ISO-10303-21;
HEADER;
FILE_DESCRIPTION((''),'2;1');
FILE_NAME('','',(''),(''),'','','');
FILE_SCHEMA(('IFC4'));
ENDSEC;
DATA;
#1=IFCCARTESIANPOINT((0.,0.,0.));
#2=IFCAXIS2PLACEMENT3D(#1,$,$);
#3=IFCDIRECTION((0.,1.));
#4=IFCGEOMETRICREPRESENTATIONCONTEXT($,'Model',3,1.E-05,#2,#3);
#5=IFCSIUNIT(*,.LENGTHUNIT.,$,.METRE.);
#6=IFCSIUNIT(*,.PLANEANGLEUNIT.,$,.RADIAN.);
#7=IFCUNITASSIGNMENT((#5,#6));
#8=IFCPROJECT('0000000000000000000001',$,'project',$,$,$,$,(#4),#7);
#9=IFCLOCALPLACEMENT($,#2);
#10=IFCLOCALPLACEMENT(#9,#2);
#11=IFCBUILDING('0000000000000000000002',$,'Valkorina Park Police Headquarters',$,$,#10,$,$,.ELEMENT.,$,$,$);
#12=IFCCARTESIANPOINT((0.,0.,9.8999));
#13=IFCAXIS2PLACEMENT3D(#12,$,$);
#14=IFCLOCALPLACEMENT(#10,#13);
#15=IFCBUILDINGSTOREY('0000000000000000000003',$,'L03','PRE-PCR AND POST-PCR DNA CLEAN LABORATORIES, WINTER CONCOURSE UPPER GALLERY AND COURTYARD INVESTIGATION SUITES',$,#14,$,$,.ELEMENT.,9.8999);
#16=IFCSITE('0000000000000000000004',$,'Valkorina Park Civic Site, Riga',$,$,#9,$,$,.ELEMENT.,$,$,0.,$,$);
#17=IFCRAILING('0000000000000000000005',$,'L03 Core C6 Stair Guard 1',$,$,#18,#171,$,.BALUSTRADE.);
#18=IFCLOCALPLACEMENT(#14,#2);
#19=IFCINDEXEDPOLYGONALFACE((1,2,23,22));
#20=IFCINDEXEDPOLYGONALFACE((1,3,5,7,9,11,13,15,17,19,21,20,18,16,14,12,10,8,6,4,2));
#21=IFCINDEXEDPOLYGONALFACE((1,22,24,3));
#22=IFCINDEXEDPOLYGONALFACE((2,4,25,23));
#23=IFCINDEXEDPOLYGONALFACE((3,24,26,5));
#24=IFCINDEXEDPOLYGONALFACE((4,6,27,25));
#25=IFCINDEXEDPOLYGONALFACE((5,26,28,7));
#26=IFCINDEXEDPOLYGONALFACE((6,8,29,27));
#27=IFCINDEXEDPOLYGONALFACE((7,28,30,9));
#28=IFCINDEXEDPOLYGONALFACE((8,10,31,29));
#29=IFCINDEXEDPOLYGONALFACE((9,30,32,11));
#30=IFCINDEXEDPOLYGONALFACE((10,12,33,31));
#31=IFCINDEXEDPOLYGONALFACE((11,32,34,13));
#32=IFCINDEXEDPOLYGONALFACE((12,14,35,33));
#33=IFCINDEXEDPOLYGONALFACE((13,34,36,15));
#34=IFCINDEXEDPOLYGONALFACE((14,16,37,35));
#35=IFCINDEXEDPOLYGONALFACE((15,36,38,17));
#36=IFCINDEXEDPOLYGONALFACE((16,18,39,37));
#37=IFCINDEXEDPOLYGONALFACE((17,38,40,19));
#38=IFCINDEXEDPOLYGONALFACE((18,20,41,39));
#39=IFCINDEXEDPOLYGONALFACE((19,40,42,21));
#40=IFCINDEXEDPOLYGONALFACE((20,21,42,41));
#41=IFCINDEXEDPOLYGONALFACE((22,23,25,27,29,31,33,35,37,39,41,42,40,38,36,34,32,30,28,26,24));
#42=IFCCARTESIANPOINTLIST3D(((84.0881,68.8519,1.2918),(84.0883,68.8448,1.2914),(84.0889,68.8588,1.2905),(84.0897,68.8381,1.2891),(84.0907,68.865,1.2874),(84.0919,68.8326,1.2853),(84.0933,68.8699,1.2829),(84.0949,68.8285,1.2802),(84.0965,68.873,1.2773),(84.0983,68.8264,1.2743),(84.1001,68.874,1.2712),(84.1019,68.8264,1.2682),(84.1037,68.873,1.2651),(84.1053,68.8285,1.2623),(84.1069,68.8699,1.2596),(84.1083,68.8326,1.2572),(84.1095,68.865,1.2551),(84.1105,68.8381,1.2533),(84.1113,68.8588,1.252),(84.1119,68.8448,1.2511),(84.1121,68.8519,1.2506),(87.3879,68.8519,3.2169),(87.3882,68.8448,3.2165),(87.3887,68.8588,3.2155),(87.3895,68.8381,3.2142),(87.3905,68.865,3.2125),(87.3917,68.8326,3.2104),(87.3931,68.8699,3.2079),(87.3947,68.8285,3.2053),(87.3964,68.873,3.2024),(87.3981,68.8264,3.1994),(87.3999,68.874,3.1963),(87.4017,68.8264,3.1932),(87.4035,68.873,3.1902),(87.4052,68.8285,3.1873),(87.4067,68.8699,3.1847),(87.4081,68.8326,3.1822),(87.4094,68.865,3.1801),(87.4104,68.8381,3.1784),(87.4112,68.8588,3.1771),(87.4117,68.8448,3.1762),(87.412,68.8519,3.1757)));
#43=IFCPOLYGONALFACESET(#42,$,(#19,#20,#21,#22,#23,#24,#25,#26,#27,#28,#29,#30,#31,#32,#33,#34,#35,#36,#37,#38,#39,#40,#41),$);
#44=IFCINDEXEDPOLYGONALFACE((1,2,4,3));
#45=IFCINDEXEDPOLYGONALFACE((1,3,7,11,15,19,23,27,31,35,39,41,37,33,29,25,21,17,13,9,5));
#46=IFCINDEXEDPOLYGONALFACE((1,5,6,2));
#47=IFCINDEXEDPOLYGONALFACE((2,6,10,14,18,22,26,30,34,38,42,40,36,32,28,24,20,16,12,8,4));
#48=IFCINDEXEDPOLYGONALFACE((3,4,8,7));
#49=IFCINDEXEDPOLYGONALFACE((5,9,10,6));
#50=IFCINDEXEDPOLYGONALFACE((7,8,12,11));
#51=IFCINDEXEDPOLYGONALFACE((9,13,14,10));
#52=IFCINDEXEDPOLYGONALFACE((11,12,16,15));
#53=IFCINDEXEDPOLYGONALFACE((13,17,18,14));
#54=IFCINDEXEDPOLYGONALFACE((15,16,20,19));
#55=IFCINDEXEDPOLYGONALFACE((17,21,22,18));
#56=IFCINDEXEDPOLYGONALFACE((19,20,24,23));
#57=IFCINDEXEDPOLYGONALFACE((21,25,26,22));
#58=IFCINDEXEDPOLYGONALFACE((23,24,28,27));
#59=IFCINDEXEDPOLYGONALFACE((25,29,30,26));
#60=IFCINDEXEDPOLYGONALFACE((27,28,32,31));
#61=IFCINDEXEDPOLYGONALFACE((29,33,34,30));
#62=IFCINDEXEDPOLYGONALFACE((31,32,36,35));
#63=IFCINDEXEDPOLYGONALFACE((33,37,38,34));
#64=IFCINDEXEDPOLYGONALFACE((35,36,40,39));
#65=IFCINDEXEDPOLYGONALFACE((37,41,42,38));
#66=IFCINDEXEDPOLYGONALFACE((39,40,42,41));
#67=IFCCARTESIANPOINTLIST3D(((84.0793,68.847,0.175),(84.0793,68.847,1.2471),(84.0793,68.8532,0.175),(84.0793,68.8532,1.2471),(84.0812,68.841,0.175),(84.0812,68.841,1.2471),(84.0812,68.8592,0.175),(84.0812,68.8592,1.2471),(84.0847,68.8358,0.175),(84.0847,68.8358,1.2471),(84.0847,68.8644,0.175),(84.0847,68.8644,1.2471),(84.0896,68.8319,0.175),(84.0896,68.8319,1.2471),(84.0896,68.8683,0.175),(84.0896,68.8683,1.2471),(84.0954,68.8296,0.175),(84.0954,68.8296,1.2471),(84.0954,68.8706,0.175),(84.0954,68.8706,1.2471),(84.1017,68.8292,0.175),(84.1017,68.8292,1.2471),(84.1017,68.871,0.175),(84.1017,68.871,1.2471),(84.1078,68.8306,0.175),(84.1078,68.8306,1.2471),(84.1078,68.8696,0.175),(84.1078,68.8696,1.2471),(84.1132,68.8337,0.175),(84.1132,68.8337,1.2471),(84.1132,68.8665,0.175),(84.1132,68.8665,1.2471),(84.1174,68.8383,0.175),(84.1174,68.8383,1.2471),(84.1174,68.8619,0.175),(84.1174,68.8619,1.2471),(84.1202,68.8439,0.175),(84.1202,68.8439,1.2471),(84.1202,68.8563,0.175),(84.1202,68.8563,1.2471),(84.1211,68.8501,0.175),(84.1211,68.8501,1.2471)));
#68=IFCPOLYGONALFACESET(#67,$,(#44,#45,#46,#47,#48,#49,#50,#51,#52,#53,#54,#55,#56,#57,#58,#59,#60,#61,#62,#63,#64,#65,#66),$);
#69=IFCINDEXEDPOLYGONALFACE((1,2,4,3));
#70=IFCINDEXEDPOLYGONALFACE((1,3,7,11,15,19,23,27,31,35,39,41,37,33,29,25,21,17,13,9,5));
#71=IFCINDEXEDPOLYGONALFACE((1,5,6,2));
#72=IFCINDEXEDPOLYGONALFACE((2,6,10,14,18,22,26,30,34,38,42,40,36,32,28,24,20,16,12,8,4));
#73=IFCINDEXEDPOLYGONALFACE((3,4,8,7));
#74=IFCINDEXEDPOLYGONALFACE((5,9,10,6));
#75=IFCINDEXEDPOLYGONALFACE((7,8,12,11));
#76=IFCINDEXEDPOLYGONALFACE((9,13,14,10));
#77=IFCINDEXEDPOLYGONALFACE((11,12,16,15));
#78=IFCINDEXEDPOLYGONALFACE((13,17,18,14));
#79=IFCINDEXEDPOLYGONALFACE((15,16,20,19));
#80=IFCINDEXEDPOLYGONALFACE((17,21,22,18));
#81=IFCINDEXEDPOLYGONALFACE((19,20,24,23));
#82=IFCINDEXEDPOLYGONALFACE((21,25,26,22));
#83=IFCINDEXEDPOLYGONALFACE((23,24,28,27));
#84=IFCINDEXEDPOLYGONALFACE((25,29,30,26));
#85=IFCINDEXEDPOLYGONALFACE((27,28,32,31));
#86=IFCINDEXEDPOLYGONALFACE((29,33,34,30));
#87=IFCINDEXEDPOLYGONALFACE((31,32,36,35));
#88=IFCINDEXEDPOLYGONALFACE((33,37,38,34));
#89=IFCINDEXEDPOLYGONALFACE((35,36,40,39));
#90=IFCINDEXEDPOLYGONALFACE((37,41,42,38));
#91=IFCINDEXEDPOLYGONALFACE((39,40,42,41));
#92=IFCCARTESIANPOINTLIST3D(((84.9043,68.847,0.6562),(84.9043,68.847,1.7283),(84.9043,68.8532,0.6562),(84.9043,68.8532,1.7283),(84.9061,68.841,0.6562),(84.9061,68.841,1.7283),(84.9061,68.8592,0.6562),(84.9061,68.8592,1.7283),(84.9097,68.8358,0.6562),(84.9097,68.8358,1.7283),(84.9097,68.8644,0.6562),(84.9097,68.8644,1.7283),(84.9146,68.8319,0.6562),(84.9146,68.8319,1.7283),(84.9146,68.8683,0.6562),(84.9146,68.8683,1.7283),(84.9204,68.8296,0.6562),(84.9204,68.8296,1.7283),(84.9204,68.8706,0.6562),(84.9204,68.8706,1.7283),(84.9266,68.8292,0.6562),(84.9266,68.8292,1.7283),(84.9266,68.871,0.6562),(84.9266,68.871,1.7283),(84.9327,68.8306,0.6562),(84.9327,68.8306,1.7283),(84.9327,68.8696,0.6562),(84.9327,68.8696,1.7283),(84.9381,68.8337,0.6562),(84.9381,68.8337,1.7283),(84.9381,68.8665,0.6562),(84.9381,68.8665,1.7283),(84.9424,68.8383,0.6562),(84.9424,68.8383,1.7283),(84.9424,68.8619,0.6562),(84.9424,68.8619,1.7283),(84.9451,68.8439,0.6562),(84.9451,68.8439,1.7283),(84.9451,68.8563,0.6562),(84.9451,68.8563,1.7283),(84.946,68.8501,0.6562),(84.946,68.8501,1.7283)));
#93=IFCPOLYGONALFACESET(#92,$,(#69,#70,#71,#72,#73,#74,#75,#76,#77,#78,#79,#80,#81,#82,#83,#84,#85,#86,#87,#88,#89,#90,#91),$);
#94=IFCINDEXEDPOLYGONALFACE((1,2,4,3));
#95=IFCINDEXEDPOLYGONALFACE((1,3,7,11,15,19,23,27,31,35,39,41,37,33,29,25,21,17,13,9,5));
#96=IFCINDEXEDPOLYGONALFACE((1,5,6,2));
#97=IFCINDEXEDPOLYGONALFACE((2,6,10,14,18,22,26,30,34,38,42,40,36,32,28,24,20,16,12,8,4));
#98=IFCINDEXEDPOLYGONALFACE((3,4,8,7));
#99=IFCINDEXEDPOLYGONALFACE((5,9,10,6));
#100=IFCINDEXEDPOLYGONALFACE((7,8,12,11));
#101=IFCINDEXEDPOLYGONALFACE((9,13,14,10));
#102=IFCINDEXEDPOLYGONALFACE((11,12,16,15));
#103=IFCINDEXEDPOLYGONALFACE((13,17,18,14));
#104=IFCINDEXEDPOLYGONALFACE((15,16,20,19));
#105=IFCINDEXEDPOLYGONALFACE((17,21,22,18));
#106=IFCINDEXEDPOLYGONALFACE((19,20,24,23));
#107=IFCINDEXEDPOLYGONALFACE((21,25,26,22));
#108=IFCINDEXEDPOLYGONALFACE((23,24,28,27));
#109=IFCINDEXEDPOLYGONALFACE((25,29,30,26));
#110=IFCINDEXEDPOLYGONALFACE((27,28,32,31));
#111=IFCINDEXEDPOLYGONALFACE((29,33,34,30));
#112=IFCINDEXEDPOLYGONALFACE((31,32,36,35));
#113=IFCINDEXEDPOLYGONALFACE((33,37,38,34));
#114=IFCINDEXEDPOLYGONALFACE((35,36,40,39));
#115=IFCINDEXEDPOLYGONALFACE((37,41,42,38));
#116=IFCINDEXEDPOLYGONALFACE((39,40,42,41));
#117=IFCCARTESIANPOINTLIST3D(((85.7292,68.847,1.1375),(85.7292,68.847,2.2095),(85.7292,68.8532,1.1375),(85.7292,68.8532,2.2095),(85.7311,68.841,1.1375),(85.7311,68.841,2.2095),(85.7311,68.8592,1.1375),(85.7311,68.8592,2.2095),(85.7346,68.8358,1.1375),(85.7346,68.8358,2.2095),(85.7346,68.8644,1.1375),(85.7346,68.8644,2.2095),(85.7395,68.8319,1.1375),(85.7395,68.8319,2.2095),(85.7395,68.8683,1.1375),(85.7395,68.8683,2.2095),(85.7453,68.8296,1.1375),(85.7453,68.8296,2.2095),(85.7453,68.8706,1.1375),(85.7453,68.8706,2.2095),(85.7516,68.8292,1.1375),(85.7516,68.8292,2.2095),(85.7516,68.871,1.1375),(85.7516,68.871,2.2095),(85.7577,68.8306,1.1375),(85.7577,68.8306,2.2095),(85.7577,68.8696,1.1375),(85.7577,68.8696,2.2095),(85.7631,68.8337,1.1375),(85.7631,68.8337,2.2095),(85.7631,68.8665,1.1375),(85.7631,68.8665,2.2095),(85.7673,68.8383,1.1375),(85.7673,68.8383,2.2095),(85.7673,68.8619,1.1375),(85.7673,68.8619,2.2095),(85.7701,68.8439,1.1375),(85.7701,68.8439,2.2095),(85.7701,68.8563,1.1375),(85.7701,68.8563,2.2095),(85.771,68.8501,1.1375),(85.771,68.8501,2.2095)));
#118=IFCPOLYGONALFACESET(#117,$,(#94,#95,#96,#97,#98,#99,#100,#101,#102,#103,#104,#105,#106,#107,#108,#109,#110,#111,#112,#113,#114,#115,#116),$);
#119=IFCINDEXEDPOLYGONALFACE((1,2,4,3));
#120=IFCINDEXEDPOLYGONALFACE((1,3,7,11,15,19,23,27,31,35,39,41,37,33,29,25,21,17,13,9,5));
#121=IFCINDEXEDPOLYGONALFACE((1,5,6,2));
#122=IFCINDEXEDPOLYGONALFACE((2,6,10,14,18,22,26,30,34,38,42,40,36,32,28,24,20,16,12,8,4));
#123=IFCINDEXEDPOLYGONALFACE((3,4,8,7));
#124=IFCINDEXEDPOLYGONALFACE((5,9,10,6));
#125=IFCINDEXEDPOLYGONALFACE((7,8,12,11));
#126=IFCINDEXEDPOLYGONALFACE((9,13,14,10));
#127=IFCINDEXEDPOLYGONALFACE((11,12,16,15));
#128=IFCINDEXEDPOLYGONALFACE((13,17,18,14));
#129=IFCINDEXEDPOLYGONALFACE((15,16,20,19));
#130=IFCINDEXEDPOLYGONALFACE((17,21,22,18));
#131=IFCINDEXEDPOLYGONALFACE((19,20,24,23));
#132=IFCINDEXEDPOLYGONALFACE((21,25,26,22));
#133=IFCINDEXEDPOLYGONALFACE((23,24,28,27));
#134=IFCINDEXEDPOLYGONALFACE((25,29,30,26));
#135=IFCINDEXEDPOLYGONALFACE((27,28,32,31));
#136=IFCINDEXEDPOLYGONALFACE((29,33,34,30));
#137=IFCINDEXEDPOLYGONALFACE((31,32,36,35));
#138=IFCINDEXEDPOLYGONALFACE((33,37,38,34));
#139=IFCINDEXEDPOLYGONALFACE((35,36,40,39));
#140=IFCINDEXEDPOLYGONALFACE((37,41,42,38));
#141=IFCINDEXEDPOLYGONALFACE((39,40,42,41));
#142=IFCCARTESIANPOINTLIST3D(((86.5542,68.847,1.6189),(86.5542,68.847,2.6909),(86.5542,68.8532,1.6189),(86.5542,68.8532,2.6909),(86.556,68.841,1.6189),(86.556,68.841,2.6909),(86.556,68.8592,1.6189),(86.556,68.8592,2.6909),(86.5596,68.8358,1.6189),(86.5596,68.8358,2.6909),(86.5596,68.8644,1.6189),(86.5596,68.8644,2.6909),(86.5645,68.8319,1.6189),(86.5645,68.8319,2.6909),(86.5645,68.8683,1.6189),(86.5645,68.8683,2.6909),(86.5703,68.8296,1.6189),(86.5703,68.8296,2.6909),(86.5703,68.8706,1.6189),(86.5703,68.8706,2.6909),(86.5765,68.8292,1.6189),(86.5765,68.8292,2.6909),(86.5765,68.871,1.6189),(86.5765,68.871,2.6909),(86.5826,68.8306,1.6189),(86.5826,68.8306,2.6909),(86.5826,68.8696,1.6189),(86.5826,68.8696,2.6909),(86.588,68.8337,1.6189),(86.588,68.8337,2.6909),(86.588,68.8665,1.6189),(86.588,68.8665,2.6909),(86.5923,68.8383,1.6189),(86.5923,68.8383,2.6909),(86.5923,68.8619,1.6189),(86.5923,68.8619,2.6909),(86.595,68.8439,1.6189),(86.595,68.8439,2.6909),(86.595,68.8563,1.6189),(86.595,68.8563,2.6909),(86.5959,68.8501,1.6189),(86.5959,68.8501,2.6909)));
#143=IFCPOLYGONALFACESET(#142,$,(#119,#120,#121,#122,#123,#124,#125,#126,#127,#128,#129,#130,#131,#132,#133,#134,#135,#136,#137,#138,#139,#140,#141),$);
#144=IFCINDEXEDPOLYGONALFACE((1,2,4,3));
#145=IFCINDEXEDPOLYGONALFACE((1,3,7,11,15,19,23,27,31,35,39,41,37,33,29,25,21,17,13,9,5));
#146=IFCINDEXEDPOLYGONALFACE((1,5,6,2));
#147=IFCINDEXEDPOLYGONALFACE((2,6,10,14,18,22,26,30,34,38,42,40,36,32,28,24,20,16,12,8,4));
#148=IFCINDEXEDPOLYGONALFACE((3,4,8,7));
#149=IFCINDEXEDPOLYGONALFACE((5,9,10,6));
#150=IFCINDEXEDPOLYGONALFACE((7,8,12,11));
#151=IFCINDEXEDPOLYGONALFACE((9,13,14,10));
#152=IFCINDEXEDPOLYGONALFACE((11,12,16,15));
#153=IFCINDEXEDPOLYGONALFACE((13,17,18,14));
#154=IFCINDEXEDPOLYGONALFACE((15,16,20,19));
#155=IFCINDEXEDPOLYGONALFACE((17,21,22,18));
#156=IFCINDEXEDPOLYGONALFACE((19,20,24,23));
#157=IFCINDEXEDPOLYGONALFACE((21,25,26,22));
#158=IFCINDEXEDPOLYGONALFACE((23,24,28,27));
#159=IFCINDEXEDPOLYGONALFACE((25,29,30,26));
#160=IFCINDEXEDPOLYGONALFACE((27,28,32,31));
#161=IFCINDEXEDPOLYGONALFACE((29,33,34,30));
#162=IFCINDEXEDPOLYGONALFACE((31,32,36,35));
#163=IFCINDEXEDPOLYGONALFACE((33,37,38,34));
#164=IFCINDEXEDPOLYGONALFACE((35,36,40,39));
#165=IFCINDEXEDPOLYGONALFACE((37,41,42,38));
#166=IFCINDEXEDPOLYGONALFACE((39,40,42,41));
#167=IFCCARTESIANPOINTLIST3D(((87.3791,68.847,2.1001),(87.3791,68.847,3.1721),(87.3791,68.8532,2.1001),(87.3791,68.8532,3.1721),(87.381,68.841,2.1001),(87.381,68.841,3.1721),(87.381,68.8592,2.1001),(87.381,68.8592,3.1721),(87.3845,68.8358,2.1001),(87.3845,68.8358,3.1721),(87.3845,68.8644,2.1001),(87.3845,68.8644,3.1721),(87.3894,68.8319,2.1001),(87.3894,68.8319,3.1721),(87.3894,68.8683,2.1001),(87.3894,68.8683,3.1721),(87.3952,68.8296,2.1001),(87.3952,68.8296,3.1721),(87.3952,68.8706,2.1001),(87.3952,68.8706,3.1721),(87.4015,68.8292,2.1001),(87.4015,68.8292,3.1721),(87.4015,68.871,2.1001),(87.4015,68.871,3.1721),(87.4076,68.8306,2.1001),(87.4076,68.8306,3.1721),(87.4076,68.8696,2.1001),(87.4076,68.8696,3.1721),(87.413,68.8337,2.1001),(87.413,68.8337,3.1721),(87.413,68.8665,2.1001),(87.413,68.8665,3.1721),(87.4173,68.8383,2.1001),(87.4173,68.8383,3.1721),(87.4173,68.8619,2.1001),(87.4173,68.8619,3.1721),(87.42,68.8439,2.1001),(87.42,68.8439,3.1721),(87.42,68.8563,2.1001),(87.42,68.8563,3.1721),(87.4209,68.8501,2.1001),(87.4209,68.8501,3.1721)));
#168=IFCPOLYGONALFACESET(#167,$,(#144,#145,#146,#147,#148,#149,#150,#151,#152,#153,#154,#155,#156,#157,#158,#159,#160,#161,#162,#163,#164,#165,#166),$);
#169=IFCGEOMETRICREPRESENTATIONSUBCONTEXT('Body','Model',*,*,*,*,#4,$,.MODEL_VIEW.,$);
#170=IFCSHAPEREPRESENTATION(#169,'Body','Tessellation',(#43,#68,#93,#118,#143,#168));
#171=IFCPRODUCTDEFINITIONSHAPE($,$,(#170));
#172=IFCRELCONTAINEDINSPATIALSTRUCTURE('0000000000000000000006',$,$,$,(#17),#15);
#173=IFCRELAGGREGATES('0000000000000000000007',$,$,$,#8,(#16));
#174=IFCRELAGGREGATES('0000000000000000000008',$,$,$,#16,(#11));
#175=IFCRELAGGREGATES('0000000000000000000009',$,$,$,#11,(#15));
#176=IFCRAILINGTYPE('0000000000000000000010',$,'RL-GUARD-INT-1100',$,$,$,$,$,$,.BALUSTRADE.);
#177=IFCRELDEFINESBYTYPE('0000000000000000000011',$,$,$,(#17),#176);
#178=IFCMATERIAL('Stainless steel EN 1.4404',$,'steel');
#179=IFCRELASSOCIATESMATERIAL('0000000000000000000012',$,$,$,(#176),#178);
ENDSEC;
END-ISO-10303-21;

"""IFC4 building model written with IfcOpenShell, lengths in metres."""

from ifc_helpers import new_model, si_unit, direction, frame, origin, origin_2d, place, context, subcontext, project, spatial, circle, extrude, material, type_object, element, save


model = new_model("IFC4")

# Units and contexts
model_context = context("Model", 3, precision=1e-05, world=origin(), true_north=direction((0.0, 1.0)))
body_context = subcontext(model_context, "Body", "Model", "MODEL_VIEW")
ifc_project = project(units=[si_unit("LENGTHUNIT", "METRE"), si_unit("PLANEANGLEUNIT", "RADIAN")], contexts=[model_context])

# Site, building, storey
site_placement = place(None, origin())
site = spatial("IfcSite", under=ifc_project, at=site_placement, Name="Valkorina Park Civic Site, Riga", CompositionType="ELEMENT", RefElevation=0.0)
building_placement = place(site_placement, origin())
building = spatial("IfcBuilding", under=site, at=building_placement, Name="Valkorina Park Police Headquarters", CompositionType="ELEMENT")
storey_placement = place(building_placement, frame((0.0, 0.0, 9.8999)))
storey = spatial("IfcBuildingStorey", under=building, at=storey_placement, Name="L03", Description="PRE-PCR AND POST-PCR DNA CLEAN LABORATORIES, WINTER CONCOURSE UPPER GALLERY AND COURTYARD INVESTIGATION SUITES", CompositionType="ELEMENT", Elevation=9.8999)

# Railing
ifc_material_1 = material(Name="Stainless steel EN 1.4404", Category="steel")
railing_type_1 = type_object("IfcRailingType", Name="RL-GUARD-INT-1100", PredefinedType="BALUSTRADE", material=ifc_material_1)
railing_1_placement = place(storey_placement, frame((84.1001, 68.8501, 0.175)))
element("IfcRailing", 1, at=railing_1_placement, inside=storey, type_object=railing_type_1, Name="L03 Core C6 Stair Guard 1", PredefinedType="BALUSTRADE", context=body_context, shape_type="SweptSolid", body=[
    extrude(circle(Radius=0.0239, at=origin_2d()), frame((0.0, 0.0, 1.0962), z_axis=(0.86376, 0.0, 0.503903), x_axis=(0.0, 1.0, 0.0)), (0.0, 0.0, 1.0), 3.8203),
    extrude(circle(Radius=0.021, at=origin_2d()), origin(), (0.0, 0.0, 1.0), 1.072),
    extrude(circle(Radius=0.021, at=origin_2d()), frame((0.825, 0.0, 0.4812)), (0.0, 0.0, 1.0), 1.072),
    extrude(circle(Radius=0.021, at=origin_2d()), frame((1.6499, 0.0, 0.9624)), (0.0, 0.0, 1.0), 1.072),
    extrude(circle(Radius=0.021, at=origin_2d()), frame((2.4749, 0.0, 1.4438)), (0.0, 0.0, 1.0), 1.072),
    extrude(circle(Radius=0.021, at=origin_2d()), frame((3.2998, 0.0, 1.925)), (0.0, 0.0, 1.0), 1.072),
])

save(model, "model.ifc")
